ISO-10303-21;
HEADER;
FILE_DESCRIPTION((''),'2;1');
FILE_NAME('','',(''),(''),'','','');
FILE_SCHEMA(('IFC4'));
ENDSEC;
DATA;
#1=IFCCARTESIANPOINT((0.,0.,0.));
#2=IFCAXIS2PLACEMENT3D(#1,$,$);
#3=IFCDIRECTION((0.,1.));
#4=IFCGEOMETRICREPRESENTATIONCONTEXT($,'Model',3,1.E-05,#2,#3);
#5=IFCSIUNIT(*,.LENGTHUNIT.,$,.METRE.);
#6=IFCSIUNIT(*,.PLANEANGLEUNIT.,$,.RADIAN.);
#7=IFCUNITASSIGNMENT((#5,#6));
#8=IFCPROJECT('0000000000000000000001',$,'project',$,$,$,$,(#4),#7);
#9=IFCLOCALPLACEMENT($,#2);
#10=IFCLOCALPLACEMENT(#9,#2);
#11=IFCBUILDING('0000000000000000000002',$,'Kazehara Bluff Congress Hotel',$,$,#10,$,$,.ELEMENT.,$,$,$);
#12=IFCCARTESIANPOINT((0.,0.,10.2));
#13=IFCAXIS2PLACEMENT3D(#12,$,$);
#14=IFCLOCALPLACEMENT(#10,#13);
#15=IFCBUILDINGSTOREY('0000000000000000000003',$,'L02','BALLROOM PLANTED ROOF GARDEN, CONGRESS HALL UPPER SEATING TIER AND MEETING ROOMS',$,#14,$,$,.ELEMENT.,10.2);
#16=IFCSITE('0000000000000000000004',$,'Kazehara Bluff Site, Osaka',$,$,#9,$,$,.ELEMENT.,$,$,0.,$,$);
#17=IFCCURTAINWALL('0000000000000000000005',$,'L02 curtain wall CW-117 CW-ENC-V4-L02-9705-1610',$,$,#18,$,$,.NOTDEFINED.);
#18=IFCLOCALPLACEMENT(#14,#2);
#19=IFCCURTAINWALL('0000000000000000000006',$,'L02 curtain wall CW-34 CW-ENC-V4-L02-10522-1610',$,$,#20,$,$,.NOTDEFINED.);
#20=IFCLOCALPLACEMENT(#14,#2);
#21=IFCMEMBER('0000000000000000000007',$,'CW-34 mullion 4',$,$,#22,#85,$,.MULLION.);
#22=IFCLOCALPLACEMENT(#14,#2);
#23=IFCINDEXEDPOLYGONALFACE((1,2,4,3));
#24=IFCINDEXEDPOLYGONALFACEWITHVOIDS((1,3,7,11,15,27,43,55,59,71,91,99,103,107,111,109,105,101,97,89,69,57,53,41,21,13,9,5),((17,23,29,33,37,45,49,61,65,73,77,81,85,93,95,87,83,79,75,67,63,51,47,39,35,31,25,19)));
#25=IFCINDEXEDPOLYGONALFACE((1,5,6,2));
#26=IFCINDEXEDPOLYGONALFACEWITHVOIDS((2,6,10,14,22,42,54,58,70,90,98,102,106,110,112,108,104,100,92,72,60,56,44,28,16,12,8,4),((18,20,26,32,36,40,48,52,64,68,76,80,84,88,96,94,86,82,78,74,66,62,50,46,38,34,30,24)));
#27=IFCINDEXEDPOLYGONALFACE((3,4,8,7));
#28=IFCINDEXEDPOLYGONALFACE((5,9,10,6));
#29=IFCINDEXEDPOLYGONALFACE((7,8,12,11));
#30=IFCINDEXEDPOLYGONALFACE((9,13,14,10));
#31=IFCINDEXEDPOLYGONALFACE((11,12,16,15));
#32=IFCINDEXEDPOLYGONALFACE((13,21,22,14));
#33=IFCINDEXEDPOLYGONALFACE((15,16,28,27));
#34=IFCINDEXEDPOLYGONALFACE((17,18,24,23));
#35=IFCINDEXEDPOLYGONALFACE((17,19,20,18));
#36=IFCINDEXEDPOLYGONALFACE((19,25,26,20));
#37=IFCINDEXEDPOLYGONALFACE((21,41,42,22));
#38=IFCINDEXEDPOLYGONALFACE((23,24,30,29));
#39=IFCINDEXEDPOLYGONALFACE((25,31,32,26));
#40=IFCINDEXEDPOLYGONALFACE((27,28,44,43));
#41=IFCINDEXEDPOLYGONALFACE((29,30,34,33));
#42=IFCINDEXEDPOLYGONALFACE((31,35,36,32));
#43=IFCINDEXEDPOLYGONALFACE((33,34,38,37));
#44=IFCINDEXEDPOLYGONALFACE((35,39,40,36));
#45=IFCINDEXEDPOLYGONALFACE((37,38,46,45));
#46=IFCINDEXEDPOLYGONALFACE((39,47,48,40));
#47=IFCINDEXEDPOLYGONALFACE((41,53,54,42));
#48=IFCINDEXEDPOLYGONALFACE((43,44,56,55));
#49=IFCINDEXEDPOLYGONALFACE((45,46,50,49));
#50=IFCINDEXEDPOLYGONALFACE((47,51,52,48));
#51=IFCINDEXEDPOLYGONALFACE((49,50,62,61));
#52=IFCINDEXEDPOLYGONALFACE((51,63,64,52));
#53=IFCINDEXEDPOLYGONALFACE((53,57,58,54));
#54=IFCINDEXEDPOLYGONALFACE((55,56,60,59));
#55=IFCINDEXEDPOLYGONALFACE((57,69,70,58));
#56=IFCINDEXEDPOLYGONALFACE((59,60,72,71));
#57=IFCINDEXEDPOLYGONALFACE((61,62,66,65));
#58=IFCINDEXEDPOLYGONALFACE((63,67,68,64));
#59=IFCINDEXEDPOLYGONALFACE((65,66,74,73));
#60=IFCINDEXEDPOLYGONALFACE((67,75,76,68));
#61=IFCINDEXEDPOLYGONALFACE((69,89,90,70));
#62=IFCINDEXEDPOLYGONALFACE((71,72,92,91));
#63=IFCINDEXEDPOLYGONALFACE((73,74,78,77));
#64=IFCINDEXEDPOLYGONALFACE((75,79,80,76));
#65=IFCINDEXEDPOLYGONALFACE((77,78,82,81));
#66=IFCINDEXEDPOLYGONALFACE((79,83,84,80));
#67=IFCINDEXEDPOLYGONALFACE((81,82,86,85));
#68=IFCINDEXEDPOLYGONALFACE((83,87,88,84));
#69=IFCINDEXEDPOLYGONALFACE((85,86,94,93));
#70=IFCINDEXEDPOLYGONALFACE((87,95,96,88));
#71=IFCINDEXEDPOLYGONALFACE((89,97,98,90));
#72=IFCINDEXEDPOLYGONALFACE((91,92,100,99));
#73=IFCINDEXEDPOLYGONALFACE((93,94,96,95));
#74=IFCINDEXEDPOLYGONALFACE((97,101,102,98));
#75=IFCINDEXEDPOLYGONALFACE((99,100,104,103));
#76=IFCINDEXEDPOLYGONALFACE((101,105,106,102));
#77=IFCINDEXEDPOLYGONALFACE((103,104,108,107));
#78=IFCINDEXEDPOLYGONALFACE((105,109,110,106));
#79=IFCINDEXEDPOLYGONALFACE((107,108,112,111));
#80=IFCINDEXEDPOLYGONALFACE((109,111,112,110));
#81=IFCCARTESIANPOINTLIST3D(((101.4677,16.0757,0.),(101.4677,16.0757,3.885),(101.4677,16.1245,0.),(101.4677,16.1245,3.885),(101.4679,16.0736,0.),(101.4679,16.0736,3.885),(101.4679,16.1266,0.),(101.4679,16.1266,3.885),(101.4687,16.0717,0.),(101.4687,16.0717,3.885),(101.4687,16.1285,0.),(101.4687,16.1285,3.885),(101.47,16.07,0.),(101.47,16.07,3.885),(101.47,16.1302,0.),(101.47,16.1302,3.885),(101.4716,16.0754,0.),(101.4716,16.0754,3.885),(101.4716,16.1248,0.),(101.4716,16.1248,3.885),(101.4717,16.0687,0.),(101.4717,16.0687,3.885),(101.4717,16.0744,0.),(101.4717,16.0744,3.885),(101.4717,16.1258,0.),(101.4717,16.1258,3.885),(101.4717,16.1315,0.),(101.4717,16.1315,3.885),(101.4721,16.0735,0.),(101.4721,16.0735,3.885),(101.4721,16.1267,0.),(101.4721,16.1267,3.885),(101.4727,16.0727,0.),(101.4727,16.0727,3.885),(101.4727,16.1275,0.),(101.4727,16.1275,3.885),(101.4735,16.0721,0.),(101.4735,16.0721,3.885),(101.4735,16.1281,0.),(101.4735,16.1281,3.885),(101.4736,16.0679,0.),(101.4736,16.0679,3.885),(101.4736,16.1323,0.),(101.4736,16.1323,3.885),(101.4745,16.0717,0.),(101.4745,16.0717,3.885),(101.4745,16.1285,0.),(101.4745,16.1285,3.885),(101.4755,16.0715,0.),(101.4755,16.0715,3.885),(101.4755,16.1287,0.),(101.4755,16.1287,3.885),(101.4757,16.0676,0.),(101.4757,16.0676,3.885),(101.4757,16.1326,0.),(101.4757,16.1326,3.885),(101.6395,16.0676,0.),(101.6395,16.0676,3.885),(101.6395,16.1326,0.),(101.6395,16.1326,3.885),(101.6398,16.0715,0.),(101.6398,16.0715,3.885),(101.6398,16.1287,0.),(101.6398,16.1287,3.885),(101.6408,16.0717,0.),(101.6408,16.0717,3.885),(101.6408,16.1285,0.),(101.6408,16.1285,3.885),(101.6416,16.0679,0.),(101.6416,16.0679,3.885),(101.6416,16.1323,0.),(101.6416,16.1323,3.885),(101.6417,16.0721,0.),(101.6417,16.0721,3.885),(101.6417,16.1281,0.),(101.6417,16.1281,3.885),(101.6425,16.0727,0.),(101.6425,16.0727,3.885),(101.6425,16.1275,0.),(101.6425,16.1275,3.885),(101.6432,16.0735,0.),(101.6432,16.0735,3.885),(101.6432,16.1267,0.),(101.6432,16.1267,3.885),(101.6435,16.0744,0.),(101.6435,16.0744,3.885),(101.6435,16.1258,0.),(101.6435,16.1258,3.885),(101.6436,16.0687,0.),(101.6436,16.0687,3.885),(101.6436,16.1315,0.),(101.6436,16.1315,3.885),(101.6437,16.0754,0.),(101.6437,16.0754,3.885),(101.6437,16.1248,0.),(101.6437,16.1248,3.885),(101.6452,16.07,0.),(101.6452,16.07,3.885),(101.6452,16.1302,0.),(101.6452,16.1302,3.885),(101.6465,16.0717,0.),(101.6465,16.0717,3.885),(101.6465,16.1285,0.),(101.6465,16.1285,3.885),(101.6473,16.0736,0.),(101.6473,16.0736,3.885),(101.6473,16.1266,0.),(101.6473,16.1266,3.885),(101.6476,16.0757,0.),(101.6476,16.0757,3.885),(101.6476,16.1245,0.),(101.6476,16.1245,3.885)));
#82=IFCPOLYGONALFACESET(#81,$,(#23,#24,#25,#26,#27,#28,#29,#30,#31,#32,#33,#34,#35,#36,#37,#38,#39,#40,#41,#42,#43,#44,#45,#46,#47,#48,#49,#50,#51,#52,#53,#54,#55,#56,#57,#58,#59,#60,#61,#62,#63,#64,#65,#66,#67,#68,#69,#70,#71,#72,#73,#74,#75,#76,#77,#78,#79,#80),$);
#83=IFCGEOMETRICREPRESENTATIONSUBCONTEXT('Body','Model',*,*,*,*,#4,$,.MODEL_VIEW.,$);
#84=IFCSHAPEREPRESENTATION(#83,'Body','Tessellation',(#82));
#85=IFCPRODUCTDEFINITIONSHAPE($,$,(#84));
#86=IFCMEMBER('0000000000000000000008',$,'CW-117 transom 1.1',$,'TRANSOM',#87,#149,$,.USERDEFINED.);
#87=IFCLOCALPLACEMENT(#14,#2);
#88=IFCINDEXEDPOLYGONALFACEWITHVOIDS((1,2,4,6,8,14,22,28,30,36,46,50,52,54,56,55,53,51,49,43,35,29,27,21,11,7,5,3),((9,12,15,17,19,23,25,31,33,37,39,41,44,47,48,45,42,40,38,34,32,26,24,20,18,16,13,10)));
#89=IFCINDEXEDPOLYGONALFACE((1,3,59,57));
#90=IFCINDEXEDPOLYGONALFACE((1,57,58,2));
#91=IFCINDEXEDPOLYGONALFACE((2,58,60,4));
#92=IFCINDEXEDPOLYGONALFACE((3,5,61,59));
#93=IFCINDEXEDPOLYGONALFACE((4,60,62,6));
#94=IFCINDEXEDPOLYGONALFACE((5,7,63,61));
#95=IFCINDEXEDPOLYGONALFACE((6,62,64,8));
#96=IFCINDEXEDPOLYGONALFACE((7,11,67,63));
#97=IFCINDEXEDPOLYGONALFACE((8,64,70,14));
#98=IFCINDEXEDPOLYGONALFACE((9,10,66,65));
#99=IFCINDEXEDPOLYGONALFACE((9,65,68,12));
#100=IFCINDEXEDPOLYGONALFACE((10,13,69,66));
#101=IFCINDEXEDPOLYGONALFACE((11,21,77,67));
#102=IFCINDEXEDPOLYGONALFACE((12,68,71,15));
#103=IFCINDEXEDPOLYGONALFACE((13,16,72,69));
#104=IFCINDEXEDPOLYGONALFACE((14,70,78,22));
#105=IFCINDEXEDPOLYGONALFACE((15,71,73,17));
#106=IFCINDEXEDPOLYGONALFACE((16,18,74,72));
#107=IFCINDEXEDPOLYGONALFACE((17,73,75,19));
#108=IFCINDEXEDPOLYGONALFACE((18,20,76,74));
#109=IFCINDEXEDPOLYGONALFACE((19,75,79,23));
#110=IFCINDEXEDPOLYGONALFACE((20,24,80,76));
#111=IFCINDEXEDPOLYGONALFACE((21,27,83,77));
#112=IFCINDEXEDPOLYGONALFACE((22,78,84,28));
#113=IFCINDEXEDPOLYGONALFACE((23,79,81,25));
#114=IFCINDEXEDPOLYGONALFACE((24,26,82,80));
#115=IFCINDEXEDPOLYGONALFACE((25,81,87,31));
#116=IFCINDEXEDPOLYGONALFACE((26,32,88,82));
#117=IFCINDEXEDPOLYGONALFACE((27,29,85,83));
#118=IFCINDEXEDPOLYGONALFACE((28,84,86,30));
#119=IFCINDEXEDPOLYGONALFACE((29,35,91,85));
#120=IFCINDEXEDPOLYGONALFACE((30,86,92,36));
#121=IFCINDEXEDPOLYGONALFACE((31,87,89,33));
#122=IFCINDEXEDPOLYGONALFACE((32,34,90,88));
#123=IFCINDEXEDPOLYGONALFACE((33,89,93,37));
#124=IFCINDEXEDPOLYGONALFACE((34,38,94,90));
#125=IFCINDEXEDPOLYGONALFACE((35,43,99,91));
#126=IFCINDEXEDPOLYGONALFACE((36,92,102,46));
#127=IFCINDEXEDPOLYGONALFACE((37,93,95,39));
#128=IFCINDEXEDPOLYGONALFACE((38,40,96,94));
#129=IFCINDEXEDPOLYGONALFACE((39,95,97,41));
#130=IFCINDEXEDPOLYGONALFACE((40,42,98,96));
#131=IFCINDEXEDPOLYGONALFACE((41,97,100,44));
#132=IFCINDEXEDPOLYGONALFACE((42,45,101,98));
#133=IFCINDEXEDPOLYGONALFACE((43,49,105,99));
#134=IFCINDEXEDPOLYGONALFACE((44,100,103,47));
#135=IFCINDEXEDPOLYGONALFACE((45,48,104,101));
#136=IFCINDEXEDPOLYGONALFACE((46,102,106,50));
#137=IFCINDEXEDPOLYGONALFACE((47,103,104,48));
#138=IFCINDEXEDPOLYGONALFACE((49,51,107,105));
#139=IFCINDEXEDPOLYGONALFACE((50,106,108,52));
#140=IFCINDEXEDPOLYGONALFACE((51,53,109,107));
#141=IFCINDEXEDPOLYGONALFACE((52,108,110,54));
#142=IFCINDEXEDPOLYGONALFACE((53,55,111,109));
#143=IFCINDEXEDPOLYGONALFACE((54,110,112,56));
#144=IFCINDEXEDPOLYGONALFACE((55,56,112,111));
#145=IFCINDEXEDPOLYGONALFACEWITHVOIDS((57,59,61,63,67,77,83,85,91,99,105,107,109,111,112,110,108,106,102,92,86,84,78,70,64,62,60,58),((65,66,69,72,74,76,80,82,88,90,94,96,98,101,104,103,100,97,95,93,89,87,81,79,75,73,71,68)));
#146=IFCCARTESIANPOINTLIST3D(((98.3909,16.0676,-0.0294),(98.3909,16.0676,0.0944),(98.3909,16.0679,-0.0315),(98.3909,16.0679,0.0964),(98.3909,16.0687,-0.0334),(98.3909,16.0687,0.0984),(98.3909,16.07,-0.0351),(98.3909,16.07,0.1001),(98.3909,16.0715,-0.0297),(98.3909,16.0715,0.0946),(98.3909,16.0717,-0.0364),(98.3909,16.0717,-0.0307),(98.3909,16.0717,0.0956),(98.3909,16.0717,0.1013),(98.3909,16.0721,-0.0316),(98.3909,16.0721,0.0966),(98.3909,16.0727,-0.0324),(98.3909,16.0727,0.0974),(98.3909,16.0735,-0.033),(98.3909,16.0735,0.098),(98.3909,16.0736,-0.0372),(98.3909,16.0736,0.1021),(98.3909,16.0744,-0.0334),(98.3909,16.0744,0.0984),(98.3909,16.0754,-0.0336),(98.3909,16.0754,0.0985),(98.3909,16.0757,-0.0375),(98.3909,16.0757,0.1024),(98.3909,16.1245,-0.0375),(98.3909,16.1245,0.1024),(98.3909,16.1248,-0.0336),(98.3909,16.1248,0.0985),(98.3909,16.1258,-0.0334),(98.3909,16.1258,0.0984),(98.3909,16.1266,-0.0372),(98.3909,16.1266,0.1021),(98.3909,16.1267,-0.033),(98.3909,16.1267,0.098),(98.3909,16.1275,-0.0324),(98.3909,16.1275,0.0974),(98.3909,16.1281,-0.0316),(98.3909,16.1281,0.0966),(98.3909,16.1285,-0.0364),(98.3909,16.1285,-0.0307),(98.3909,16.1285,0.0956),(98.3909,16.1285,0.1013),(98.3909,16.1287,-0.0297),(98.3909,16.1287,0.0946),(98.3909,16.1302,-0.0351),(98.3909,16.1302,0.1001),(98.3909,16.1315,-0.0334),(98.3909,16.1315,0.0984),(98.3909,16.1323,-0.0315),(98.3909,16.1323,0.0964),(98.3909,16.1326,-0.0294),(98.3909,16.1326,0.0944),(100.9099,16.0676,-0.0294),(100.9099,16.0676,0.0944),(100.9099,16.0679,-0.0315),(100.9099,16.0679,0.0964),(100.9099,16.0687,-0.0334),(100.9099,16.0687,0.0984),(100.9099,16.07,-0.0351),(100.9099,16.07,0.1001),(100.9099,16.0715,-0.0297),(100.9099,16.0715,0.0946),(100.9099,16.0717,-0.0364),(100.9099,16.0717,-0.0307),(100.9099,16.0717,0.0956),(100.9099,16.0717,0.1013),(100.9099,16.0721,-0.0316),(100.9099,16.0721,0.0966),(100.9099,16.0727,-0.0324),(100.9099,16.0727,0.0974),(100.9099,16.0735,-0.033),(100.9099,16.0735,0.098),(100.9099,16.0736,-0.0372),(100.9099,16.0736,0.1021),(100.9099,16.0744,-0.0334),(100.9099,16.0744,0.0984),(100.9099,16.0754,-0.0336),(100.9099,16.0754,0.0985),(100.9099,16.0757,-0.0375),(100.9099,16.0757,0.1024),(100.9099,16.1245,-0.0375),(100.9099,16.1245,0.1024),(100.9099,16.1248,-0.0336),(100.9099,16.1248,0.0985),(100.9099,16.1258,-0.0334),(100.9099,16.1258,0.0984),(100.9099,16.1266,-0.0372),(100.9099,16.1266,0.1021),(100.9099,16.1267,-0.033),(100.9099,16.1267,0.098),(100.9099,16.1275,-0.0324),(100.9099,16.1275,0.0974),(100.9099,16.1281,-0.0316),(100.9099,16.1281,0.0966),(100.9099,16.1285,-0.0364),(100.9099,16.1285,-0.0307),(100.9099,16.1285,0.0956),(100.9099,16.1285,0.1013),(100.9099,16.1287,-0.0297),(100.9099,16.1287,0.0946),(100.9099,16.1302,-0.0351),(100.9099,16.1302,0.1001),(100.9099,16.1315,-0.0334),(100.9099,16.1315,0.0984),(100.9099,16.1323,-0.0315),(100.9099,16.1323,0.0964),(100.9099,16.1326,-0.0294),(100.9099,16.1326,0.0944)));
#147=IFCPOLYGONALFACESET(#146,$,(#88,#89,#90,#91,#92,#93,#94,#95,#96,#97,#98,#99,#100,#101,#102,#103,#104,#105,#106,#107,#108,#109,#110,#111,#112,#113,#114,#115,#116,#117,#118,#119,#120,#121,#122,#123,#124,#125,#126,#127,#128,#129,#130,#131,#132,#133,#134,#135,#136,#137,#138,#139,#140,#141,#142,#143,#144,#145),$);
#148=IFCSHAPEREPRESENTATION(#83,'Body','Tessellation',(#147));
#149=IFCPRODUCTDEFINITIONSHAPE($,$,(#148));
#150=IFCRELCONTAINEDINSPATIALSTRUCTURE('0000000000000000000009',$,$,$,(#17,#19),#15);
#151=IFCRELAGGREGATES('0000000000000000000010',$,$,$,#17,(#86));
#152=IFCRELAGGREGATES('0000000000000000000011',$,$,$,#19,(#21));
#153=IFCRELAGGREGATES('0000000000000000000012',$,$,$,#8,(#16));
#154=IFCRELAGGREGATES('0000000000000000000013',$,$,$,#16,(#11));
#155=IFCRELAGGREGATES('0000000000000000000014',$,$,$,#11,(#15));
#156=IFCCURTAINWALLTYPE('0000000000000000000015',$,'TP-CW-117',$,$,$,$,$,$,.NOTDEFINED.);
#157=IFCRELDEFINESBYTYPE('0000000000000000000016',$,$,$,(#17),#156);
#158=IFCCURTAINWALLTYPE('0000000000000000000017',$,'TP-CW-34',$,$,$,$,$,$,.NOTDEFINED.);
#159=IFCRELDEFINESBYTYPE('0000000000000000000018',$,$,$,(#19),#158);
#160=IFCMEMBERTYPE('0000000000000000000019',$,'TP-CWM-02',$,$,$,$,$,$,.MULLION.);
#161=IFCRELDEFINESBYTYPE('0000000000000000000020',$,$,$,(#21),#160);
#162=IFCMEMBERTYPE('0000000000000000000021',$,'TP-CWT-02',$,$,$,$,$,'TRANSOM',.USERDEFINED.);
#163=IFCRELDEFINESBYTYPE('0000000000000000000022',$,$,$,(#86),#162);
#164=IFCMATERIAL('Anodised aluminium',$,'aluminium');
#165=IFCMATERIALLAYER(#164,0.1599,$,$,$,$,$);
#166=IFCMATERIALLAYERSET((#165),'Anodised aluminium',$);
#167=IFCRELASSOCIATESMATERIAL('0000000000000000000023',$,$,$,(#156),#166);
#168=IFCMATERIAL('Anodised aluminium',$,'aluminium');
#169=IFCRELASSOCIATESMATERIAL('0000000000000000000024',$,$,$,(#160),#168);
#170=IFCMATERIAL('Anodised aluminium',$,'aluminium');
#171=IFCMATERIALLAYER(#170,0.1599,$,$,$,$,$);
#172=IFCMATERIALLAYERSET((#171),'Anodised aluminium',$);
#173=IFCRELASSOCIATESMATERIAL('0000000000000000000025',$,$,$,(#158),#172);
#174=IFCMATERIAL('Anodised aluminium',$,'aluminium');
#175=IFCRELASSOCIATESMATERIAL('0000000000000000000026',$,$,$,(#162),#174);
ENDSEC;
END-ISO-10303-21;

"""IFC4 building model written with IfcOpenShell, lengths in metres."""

from ifc_helpers import new_model, si_unit, direction, frame, origin, origin_2d, place, context, subcontext, project, spatial, hollow_rectangle, extrude, material, layer, layer_set, material_profile, profile_set, type_object, element, aggregate, save


model = new_model("IFC4")

# Units and contexts
model_context = context("Model", 3, precision=1e-05, world=origin(), true_north=direction((0.0, 1.0)))
body_context = subcontext(model_context, "Body", "Model", "MODEL_VIEW")
ifc_project = project(units=[si_unit("LENGTHUNIT", "METRE"), si_unit("PLANEANGLEUNIT", "RADIAN")], contexts=[model_context])

# Site, building, storey
site_placement = place(None, origin())
site = spatial("IfcSite", under=ifc_project, at=site_placement, Name="Kazehara Bluff Site, Osaka", CompositionType="ELEMENT", RefElevation=0.0)
building_placement = place(site_placement, origin())
building = spatial("IfcBuilding", under=site, at=building_placement, Name="Kazehara Bluff Congress Hotel", CompositionType="ELEMENT")
storey_placement = place(building_placement, frame((0.0, 0.0, 10.2)))
storey = spatial("IfcBuildingStorey", under=building, at=storey_placement, Name="L02", Description="BALLROOM PLANTED ROOF GARDEN, CONGRESS HALL UPPER SEATING TIER AND MEETING ROOMS", CompositionType="ELEMENT", Elevation=10.2)

# Curtain wall
ifc_material_1 = material(Name="Anodised aluminium", Category="aluminium")
ifc_layer_1 = layer(ifc_material_1, 0.1599)
ifc_layer_set_1 = layer_set([ifc_layer_1], Name="Anodised aluminium")
curtain_wall_type_1 = type_object("IfcCurtainWallType", Name="TP-CW-117", PredefinedType="NOTDEFINED", material=ifc_layer_set_1)
curtain_wall_1_placement = place(storey_placement, origin())
curtain_wall_1 = element("IfcCurtainWall", 1, at=curtain_wall_1_placement, inside=storey, type_object=curtain_wall_type_1, Name="L02 curtain wall CW-117 CW-ENC-V4-L02-9705-1610", PredefinedType="NOTDEFINED")
ifc_material_2 = material(Name="Anodised aluminium", Category="aluminium")
ifc_material_profile_1 = material_profile(ifc_material_2, hollow_rectangle(XDim=0.0649, YDim=0.1799, WallThickness=0.0039, InnerFilletRadius=0.0039, OuterFilletRadius=0.0081, at=origin_2d()))
ifc_profile_set_1 = profile_set([ifc_material_profile_1], Name="Anodised aluminium")
member_type_1 = type_object("IfcMemberType", Name="TP-CWM-02", PredefinedType="MULLION", material=ifc_profile_set_1)

# Curtain wall, member
ifc_material_3 = material(Name="Anodised aluminium", Category="aluminium")
ifc_layer_2 = layer(ifc_material_3, 0.1599)
ifc_layer_set_2 = layer_set([ifc_layer_2], Name="Anodised aluminium")
curtain_wall_type_2 = type_object("IfcCurtainWallType", Name="TP-CW-34", PredefinedType="NOTDEFINED", material=ifc_layer_set_2)
curtain_wall_2_placement = place(storey_placement, origin())
curtain_wall_2 = element("IfcCurtainWall", 2, at=curtain_wall_2_placement, inside=storey, type_object=curtain_wall_type_2, Name="L02 curtain wall CW-34 CW-ENC-V4-L02-10522-1610", PredefinedType="NOTDEFINED")
member_1_placement = place(storey_placement, frame((101.5576, 16.1001, 0.0), z_axis=(0.0, 0.0, 1.0), x_axis=(0.0, -1.0, 0.0)))
member_1 = element("IfcMember", 3, at=member_1_placement, type_object=member_type_1, Name="CW-34 mullion 4", PredefinedType="MULLION", context=body_context, shape_type="SweptSolid", body=[
    extrude(hollow_rectangle(XDim=0.0649, YDim=0.1799, WallThickness=0.0039, InnerFilletRadius=0.0039, OuterFilletRadius=0.0081, at=origin_2d()), origin(), (0.0, 0.0, 1.0), 3.885),
])

# Member
ifc_material_4 = material(Name="Anodised aluminium", Category="aluminium")
ifc_material_profile_2 = material_profile(ifc_material_4, hollow_rectangle(XDim=0.0649, YDim=0.1399, WallThickness=0.0039, InnerFilletRadius=0.0039, OuterFilletRadius=0.0081, at=origin_2d()))
ifc_profile_set_2 = profile_set([ifc_material_profile_2], Name="Anodised aluminium")
member_type_2 = type_object("IfcMemberType", Name="TP-CWT-02", ElementType="TRANSOM", PredefinedType="USERDEFINED", material=ifc_profile_set_2)
member_2_placement = place(storey_placement, frame((100.9099, 16.1001, 0.0325), z_axis=(-1.0, 0.0, 0.0), x_axis=(0.0, -1.0, 0.0)))
member_2 = element("IfcMember", 4, at=member_2_placement, type_object=member_type_2, Name="CW-117 transom 1.1", ObjectType="TRANSOM", PredefinedType="USERDEFINED", context=body_context, shape_type="SweptSolid", body=[
    extrude(hollow_rectangle(XDim=0.0649, YDim=0.1399, WallThickness=0.0039, InnerFilletRadius=0.0039, OuterFilletRadius=0.0081, at=origin_2d()), origin(), (0.0, 0.0, 1.0), 2.519),
])

aggregate(curtain_wall_1, [member_2])
aggregate(curtain_wall_2, [member_1])

save(model, "model.ifc")
